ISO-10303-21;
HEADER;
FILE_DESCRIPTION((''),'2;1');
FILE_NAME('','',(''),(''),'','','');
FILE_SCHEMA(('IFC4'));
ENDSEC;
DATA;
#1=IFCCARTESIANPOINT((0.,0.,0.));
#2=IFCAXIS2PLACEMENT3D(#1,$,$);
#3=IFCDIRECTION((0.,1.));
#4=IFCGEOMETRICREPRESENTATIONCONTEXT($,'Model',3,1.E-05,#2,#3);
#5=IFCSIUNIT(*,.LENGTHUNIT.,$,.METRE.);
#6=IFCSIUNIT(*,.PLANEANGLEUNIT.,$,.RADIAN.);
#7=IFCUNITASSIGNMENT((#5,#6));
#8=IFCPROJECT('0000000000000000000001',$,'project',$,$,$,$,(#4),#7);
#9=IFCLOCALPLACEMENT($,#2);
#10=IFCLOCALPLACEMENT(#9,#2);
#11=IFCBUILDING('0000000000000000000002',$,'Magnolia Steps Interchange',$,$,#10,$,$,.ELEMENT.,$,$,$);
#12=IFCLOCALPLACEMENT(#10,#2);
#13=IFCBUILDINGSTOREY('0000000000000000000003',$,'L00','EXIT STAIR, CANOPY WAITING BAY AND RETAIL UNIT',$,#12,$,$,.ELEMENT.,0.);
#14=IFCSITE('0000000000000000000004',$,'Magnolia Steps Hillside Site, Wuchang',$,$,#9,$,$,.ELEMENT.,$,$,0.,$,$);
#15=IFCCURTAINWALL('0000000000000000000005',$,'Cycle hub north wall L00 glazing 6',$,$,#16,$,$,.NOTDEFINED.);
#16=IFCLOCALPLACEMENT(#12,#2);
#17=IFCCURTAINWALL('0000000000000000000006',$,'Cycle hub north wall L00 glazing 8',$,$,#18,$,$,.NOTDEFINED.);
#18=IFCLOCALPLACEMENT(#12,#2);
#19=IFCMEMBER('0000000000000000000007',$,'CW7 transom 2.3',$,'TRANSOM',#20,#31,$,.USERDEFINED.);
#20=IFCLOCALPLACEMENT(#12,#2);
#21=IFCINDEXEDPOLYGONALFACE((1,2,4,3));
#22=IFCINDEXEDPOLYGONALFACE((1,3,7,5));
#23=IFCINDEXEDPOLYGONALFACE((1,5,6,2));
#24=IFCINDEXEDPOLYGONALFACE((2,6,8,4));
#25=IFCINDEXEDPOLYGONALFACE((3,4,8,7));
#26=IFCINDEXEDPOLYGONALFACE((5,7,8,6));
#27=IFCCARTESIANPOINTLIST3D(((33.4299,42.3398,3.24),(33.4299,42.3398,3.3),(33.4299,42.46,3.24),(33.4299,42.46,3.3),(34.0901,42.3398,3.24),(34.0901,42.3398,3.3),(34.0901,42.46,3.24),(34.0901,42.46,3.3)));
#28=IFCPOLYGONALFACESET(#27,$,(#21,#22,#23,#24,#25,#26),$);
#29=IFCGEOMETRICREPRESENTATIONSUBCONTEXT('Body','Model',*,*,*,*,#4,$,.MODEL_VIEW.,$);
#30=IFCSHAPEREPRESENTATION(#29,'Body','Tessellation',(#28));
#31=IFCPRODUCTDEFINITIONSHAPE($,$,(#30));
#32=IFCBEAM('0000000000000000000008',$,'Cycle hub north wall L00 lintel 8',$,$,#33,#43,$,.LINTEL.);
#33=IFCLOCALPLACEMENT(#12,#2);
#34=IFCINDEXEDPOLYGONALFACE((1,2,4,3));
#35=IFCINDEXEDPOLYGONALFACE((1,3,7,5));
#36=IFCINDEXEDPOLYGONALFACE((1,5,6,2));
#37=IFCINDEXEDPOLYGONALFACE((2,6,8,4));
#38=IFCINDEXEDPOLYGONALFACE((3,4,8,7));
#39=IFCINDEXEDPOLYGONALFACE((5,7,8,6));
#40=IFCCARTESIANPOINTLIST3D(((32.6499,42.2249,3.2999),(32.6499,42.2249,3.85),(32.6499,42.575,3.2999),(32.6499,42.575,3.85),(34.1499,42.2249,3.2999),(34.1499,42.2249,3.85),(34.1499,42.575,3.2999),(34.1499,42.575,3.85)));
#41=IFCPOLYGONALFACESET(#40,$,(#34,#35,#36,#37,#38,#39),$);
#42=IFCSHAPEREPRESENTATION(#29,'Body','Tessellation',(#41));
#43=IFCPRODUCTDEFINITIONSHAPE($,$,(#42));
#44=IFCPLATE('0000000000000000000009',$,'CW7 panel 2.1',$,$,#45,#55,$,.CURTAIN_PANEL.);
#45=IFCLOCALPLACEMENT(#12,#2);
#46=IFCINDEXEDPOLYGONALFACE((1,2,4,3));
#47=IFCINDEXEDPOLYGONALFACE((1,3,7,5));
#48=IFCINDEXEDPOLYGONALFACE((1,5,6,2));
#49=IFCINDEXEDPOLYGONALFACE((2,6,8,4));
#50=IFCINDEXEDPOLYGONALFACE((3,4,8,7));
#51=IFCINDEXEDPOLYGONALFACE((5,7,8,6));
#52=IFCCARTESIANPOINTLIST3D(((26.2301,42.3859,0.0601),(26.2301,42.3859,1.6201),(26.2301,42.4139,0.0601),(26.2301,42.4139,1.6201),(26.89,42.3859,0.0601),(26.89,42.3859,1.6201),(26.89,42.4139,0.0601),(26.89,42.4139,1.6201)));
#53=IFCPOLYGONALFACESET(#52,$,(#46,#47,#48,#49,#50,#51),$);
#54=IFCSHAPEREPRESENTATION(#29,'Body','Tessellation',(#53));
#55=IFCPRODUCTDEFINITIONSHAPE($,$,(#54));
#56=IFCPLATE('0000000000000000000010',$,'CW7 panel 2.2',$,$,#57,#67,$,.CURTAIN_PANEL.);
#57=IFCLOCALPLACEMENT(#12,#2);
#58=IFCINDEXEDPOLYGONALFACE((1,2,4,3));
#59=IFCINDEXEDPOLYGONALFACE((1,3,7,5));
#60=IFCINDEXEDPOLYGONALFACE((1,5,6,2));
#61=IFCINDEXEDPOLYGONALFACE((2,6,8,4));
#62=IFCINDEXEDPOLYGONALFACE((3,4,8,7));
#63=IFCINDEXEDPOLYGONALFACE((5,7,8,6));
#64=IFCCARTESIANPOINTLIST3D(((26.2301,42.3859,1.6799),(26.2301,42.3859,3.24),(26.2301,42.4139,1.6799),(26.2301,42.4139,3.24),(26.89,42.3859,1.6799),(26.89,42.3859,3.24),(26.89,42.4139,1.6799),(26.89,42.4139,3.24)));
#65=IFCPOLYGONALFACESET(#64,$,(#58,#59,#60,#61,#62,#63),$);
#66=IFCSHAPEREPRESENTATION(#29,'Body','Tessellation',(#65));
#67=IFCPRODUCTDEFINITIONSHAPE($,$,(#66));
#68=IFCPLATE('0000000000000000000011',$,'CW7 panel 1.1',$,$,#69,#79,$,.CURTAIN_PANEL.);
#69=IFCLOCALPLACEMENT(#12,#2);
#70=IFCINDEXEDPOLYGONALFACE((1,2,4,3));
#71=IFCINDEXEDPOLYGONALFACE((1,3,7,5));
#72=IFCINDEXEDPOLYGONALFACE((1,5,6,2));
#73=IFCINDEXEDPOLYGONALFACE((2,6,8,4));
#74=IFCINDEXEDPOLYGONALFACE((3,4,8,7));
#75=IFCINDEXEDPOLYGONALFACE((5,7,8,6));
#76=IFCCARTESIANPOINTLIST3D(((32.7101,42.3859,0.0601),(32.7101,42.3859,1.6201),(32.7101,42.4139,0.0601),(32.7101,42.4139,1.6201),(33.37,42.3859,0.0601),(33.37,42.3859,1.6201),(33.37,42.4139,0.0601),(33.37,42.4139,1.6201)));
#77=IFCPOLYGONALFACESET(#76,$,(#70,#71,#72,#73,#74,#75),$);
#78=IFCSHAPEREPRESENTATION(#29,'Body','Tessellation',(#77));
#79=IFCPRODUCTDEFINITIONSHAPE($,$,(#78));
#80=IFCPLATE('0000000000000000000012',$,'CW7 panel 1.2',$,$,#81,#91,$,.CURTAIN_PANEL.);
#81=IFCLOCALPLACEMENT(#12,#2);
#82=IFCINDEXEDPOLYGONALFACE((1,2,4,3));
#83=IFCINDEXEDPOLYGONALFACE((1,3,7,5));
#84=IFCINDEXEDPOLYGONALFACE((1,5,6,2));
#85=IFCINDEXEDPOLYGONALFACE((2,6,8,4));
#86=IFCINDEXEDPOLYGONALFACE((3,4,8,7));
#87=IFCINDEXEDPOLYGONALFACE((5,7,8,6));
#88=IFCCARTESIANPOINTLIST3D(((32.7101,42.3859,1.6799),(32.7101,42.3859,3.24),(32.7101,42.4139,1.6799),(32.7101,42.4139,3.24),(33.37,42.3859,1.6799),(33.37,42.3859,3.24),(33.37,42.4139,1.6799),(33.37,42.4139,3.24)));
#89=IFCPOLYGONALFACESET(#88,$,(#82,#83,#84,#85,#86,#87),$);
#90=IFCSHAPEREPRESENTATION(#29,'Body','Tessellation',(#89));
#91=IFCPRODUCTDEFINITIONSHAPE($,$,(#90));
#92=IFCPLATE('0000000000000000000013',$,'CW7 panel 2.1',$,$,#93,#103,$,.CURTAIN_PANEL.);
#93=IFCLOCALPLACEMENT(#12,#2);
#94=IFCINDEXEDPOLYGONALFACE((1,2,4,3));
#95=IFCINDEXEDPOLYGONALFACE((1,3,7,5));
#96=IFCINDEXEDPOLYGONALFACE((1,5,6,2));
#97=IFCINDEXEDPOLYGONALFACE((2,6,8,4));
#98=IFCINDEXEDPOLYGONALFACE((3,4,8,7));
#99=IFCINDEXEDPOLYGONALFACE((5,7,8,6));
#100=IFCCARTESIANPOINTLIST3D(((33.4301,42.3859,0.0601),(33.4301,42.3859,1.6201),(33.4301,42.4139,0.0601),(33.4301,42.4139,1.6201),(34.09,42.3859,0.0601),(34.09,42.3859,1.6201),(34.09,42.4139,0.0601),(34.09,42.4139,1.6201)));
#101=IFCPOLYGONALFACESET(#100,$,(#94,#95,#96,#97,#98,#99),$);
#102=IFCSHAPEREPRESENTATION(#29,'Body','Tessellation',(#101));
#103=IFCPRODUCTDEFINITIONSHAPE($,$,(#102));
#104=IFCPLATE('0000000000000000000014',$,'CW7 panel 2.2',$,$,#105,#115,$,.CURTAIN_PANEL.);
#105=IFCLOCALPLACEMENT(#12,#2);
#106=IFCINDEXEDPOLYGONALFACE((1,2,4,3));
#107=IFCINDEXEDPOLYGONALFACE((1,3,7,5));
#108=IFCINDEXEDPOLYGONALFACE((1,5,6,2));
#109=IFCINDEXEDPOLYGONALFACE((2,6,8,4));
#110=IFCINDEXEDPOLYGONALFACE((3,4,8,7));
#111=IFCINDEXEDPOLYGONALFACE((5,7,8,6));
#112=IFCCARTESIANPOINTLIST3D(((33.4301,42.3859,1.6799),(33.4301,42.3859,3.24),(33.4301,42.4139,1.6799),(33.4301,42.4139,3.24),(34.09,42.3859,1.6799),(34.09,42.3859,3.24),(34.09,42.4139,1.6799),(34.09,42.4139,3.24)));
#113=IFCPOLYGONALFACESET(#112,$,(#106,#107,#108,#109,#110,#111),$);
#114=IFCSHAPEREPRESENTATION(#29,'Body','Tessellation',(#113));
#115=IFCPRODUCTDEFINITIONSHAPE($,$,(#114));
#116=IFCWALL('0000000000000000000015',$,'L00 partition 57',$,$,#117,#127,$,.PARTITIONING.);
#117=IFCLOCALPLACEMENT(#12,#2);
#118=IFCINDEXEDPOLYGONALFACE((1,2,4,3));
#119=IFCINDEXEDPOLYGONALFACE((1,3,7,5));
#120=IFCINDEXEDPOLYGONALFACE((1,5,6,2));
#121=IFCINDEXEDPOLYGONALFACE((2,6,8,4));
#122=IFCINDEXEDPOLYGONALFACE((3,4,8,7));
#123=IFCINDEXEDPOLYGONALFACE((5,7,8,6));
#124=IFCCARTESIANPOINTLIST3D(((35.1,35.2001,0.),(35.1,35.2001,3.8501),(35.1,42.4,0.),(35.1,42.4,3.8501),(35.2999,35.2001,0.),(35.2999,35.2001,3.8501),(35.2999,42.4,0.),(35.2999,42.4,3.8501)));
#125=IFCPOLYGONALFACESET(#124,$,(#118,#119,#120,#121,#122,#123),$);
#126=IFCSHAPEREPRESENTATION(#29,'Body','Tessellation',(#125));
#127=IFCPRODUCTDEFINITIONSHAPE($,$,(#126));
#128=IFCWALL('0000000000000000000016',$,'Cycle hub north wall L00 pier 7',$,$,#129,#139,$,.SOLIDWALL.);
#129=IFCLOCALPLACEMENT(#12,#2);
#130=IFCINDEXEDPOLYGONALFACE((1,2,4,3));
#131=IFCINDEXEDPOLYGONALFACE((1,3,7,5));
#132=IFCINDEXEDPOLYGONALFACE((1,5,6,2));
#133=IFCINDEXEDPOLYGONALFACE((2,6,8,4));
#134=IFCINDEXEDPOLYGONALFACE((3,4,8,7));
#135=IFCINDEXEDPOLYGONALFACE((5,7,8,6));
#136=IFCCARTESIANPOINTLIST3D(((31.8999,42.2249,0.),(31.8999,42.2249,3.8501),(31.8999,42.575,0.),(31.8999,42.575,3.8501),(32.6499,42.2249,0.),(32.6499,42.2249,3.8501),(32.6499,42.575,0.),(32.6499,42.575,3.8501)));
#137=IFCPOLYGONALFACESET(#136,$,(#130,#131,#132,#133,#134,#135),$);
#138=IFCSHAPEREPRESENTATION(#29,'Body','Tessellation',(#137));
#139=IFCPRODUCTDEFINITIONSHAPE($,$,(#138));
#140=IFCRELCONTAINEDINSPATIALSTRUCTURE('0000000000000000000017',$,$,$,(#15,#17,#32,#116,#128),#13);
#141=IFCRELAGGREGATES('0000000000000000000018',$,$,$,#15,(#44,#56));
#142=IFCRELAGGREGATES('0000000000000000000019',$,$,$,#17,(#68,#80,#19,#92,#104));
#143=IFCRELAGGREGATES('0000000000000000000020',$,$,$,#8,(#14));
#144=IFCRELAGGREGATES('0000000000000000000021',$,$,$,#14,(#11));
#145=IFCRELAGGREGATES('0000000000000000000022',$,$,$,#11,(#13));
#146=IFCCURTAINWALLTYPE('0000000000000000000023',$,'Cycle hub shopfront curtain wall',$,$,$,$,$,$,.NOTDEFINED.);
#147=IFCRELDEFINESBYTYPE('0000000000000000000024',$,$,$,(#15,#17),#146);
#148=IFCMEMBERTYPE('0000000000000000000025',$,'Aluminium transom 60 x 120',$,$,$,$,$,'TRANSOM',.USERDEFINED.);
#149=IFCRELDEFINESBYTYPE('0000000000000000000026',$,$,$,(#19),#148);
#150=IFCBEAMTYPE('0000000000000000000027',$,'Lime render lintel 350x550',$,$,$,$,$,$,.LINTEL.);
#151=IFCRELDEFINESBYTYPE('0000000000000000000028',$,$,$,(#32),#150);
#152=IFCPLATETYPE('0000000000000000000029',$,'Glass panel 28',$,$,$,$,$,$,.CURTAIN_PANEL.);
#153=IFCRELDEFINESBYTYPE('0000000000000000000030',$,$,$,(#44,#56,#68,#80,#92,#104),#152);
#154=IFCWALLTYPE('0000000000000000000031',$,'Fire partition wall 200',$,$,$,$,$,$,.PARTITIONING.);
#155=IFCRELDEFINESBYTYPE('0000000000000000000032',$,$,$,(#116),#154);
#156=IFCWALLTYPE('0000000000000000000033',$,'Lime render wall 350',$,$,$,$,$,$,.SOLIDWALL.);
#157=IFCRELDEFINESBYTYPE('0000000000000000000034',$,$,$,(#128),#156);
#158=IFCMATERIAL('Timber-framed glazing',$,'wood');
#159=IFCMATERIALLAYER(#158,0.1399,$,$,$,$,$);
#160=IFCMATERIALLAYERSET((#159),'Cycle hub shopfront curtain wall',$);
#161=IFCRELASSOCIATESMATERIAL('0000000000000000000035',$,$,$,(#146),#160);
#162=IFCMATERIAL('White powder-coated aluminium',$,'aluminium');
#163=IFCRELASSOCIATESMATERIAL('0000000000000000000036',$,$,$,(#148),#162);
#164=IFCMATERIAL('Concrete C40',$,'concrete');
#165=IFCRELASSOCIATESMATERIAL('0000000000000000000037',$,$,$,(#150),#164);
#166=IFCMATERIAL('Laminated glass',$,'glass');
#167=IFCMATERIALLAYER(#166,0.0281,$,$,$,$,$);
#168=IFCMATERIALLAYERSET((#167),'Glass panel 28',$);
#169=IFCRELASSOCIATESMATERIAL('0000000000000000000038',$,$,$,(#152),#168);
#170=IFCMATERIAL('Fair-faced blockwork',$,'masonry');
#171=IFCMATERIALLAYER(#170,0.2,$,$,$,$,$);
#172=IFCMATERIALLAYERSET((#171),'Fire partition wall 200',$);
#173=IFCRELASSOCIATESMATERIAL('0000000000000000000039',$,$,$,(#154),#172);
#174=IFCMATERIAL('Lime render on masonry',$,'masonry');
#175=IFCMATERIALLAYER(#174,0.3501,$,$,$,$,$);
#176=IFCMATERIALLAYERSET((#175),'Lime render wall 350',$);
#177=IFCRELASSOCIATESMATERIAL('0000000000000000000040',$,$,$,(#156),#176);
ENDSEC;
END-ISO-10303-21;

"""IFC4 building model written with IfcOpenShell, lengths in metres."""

from ifc_helpers import new_model, si_unit, direction, frame, frame_2d, origin, origin_2d, place, context, subcontext, project, spatial, rectangle, extrude, material, layer, layer_set, material_profile, profile_set, type_object, element, aggregate, save


model = new_model("IFC4")

# Units and contexts
model_context = context("Model", 3, precision=1e-05, world=origin(), true_north=direction((0.0, 1.0)))
body_context = subcontext(model_context, "Body", "Model", "MODEL_VIEW")
ifc_project = project(units=[si_unit("LENGTHUNIT", "METRE"), si_unit("PLANEANGLEUNIT", "RADIAN")], contexts=[model_context])

# Site, building, storey
site_placement = place(None, origin())
site = spatial("IfcSite", under=ifc_project, at=site_placement, Name="Magnolia Steps Hillside Site, Wuchang", CompositionType="ELEMENT", RefElevation=0.0)
building_placement = place(site_placement, origin())
building = spatial("IfcBuilding", under=site, at=building_placement, Name="Magnolia Steps Interchange", CompositionType="ELEMENT")
storey_placement = place(building_placement, origin())
storey = spatial("IfcBuildingStorey", under=building, at=storey_placement, Name="L00", Description="EXIT STAIR, CANOPY WAITING BAY AND RETAIL UNIT", CompositionType="ELEMENT", Elevation=0.0)

# Curtain walls
ifc_material_1 = material(Name="Timber-framed glazing", Category="wood")
ifc_layer_1 = layer(ifc_material_1, 0.1399)
ifc_layer_set_1 = layer_set([ifc_layer_1], Name="Cycle hub shopfront curtain wall")
curtain_wall_type = type_object("IfcCurtainWallType", Name="Cycle hub shopfront curtain wall", PredefinedType="NOTDEFINED", material=ifc_layer_set_1)
curtain_wall_1_placement = place(storey_placement, origin())
curtain_wall_1 = element("IfcCurtainWall", 1, at=curtain_wall_1_placement, inside=storey, type_object=curtain_wall_type, Name="Cycle hub north wall L00 glazing 6", PredefinedType="NOTDEFINED")
curtain_wall_2_placement = place(storey_placement, origin())
curtain_wall_2 = element("IfcCurtainWall", 2, at=curtain_wall_2_placement, inside=storey, type_object=curtain_wall_type, Name="Cycle hub north wall L00 glazing 8", PredefinedType="NOTDEFINED")

# Member
ifc_material_2 = material(Name="White powder-coated aluminium", Category="aluminium")
ifc_material_profile_1 = material_profile(ifc_material_2, rectangle(XDim=0.0601, YDim=0.1201, at=origin_2d()), Name="Aluminium transom 60 x 120")
ifc_profile_set_1 = profile_set([ifc_material_profile_1], Name="White powder-coated aluminium")
member_type_1 = type_object("IfcMemberType", Name="Aluminium transom 60 x 120", ElementType="TRANSOM", PredefinedType="USERDEFINED", material=ifc_profile_set_1)
member_1_placement = place(storey_placement, frame((33.4299, 42.3999, 3.27), z_axis=(1.0, 0.0, 0.0), x_axis=(0.0, 0.0, 1.0)))
member_1 = element("IfcMember", 3, at=member_1_placement, type_object=member_type_1, Name="CW7 transom 2.3", ObjectType="TRANSOM", PredefinedType="USERDEFINED", context=body_context, shape_type="SweptSolid", body=[
    extrude(rectangle(XDim=0.0601, YDim=0.1201, at=origin_2d()), origin(), (0.0, 0.0, 1.0), 0.6602),
])

# Beam
ifc_material_3 = material(Name="Concrete C40", Category="concrete")
ifc_material_profile_2 = material_profile(ifc_material_3, rectangle(XDim=0.3501, YDim=0.55, at=origin_2d()), Name="RC350x550")
ifc_profile_set_2 = profile_set([ifc_material_profile_2], Name="Concrete C40")
beam_type = type_object("IfcBeamType", Name="Lime render lintel 350x550", PredefinedType="LINTEL", material=ifc_profile_set_2)
beam_placement = place(storey_placement, frame((32.6499, 42.3999, 3.575), z_axis=(1.0, 0.0, 0.0), x_axis=(0.0, 1.0, 0.0)))
element("IfcBeam", 4, at=beam_placement, inside=storey, type_object=beam_type, Name="Cycle hub north wall L00 lintel 8", PredefinedType="LINTEL", context=body_context, shape_type="SweptSolid", body=[
    extrude(rectangle(XDim=0.3501, YDim=0.55, at=origin_2d()), origin(), (0.0, 0.0, 1.0), 1.5),
])

# Plates
ifc_material_4 = material(Name="Laminated glass", Category="glass")
ifc_layer_2 = layer(ifc_material_4, 0.0281)
ifc_layer_set_2 = layer_set([ifc_layer_2], Name="Glass panel 28")
plate_type = type_object("IfcPlateType", Name="Glass panel 28", PredefinedType="CURTAIN_PANEL", material=ifc_layer_set_2)
plate_1_placement = place(storey_placement, frame((26.5601, 42.3999, 0.0601), z_axis=(0.0, 0.0, 1.0), x_axis=(1.0, 0.0, 0.0)))
plate_1 = element("IfcPlate", 5, at=plate_1_placement, type_object=plate_type, Name="CW7 panel 2.1", PredefinedType="CURTAIN_PANEL", context=body_context, shape_type="SweptSolid", body=[
    extrude(rectangle(XDim=0.6599, YDim=0.0281, at=origin_2d()), origin(), (0.0, 0.0, 1.0), 1.5601),
])
plate_2_placement = place(storey_placement, frame((26.5601, 42.3999, 1.6799), z_axis=(0.0, 0.0, 1.0), x_axis=(1.0, 0.0, 0.0)))
plate_2 = element("IfcPlate", 6, at=plate_2_placement, type_object=plate_type, Name="CW7 panel 2.2", PredefinedType="CURTAIN_PANEL", context=body_context, shape_type="SweptSolid", body=[
    extrude(rectangle(XDim=0.6599, YDim=0.0281, at=origin_2d()), origin(), (0.0, 0.0, 1.0), 1.5601),
])
aggregate(curtain_wall_1, [plate_1, plate_2])
plate_3_placement = place(storey_placement, frame((33.04, 42.3999, 0.0601), z_axis=(0.0, 0.0, 1.0), x_axis=(1.0, 0.0, 0.0)))
plate_3 = element("IfcPlate", 7, at=plate_3_placement, type_object=plate_type, Name="CW7 panel 1.1", PredefinedType="CURTAIN_PANEL", context=body_context, shape_type="SweptSolid", body=[
    extrude(rectangle(XDim=0.6599, YDim=0.0281, at=origin_2d()), origin(), (0.0, 0.0, 1.0), 1.5601),
])
plate_4_placement = place(storey_placement, frame((33.04, 42.3999, 1.6799), z_axis=(0.0, 0.0, 1.0), x_axis=(1.0, 0.0, 0.0)))
plate_4 = element("IfcPlate", 8, at=plate_4_placement, type_object=plate_type, Name="CW7 panel 1.2", PredefinedType="CURTAIN_PANEL", context=body_context, shape_type="SweptSolid", body=[
    extrude(rectangle(XDim=0.6599, YDim=0.0281, at=origin_2d()), origin(), (0.0, 0.0, 1.0), 1.5601),
])
plate_5_placement = place(storey_placement, frame((33.76, 42.3999, 0.0601), z_axis=(0.0, 0.0, 1.0), x_axis=(1.0, 0.0, 0.0)))
plate_5 = element("IfcPlate", 9, at=plate_5_placement, type_object=plate_type, Name="CW7 panel 2.1", PredefinedType="CURTAIN_PANEL", context=body_context, shape_type="SweptSolid", body=[
    extrude(rectangle(XDim=0.6599, YDim=0.0281, at=origin_2d()), origin(), (0.0, 0.0, 1.0), 1.5601),
])
plate_6_placement = place(storey_placement, frame((33.76, 42.3999, 1.6799), z_axis=(0.0, 0.0, 1.0), x_axis=(1.0, 0.0, 0.0)))
plate_6 = element("IfcPlate", 10, at=plate_6_placement, type_object=plate_type, Name="CW7 panel 2.2", PredefinedType="CURTAIN_PANEL", context=body_context, shape_type="SweptSolid", body=[
    extrude(rectangle(XDim=0.6599, YDim=0.0281, at=origin_2d()), origin(), (0.0, 0.0, 1.0), 1.5601),
])
aggregate(curtain_wall_2, [plate_3, plate_4, member_1, plate_5, plate_6])

# Wall
ifc_material_5 = material(Name="Fair-faced blockwork", Category="masonry")
ifc_layer_3 = layer(ifc_material_5, 0.2)
ifc_layer_set_3 = layer_set([ifc_layer_3], Name="Fire partition wall 200")
wall_type_1 = type_object("IfcWallType", Name="Fire partition wall 200", PredefinedType="PARTITIONING", material=ifc_layer_set_3)
wall_1_placement = place(storey_placement, frame((35.2, 35.2, 0.0), z_axis=(0.0, 0.0, 1.0), x_axis=(0.0, 1.0, 0.0)))
element("IfcWall", 11, at=wall_1_placement, inside=storey, type_object=wall_type_1, Name="L00 partition 57", PredefinedType="PARTITIONING", context=body_context, shape_type="SweptSolid", body=[
    extrude(rectangle(XDim=7.2, YDim=0.2, at=frame_2d((3.6001, 0.0))), origin(), (0.0, 0.0, 1.0), 3.8501),
])

# Shared definitions
ifc_material_6 = material(Name="Lime render on masonry", Category="masonry")
ifc_layer_4 = layer(ifc_material_6, 0.3501)
ifc_layer_set_4 = layer_set([ifc_layer_4], Name="Lime render wall 350")
wall_type_2 = type_object("IfcWallType", Name="Lime render wall 350", PredefinedType="SOLIDWALL", material=ifc_layer_set_4)

# Wall
wall_2_placement = place(storey_placement, frame((31.8999, 42.3999, 0.0), z_axis=(0.0, 0.0, 1.0), x_axis=(1.0, 0.0, 0.0)))
element("IfcWall", 12, at=wall_2_placement, inside=storey, type_object=wall_type_2, Name="Cycle hub north wall L00 pier 7", PredefinedType="SOLIDWALL", context=body_context, shape_type="SweptSolid", body=[
    extrude(rectangle(XDim=0.75, YDim=0.3501, at=frame_2d((0.375, 0.0))), origin(), (0.0, 0.0, 1.0), 3.8501),
])

save(model, "model.ifc")
